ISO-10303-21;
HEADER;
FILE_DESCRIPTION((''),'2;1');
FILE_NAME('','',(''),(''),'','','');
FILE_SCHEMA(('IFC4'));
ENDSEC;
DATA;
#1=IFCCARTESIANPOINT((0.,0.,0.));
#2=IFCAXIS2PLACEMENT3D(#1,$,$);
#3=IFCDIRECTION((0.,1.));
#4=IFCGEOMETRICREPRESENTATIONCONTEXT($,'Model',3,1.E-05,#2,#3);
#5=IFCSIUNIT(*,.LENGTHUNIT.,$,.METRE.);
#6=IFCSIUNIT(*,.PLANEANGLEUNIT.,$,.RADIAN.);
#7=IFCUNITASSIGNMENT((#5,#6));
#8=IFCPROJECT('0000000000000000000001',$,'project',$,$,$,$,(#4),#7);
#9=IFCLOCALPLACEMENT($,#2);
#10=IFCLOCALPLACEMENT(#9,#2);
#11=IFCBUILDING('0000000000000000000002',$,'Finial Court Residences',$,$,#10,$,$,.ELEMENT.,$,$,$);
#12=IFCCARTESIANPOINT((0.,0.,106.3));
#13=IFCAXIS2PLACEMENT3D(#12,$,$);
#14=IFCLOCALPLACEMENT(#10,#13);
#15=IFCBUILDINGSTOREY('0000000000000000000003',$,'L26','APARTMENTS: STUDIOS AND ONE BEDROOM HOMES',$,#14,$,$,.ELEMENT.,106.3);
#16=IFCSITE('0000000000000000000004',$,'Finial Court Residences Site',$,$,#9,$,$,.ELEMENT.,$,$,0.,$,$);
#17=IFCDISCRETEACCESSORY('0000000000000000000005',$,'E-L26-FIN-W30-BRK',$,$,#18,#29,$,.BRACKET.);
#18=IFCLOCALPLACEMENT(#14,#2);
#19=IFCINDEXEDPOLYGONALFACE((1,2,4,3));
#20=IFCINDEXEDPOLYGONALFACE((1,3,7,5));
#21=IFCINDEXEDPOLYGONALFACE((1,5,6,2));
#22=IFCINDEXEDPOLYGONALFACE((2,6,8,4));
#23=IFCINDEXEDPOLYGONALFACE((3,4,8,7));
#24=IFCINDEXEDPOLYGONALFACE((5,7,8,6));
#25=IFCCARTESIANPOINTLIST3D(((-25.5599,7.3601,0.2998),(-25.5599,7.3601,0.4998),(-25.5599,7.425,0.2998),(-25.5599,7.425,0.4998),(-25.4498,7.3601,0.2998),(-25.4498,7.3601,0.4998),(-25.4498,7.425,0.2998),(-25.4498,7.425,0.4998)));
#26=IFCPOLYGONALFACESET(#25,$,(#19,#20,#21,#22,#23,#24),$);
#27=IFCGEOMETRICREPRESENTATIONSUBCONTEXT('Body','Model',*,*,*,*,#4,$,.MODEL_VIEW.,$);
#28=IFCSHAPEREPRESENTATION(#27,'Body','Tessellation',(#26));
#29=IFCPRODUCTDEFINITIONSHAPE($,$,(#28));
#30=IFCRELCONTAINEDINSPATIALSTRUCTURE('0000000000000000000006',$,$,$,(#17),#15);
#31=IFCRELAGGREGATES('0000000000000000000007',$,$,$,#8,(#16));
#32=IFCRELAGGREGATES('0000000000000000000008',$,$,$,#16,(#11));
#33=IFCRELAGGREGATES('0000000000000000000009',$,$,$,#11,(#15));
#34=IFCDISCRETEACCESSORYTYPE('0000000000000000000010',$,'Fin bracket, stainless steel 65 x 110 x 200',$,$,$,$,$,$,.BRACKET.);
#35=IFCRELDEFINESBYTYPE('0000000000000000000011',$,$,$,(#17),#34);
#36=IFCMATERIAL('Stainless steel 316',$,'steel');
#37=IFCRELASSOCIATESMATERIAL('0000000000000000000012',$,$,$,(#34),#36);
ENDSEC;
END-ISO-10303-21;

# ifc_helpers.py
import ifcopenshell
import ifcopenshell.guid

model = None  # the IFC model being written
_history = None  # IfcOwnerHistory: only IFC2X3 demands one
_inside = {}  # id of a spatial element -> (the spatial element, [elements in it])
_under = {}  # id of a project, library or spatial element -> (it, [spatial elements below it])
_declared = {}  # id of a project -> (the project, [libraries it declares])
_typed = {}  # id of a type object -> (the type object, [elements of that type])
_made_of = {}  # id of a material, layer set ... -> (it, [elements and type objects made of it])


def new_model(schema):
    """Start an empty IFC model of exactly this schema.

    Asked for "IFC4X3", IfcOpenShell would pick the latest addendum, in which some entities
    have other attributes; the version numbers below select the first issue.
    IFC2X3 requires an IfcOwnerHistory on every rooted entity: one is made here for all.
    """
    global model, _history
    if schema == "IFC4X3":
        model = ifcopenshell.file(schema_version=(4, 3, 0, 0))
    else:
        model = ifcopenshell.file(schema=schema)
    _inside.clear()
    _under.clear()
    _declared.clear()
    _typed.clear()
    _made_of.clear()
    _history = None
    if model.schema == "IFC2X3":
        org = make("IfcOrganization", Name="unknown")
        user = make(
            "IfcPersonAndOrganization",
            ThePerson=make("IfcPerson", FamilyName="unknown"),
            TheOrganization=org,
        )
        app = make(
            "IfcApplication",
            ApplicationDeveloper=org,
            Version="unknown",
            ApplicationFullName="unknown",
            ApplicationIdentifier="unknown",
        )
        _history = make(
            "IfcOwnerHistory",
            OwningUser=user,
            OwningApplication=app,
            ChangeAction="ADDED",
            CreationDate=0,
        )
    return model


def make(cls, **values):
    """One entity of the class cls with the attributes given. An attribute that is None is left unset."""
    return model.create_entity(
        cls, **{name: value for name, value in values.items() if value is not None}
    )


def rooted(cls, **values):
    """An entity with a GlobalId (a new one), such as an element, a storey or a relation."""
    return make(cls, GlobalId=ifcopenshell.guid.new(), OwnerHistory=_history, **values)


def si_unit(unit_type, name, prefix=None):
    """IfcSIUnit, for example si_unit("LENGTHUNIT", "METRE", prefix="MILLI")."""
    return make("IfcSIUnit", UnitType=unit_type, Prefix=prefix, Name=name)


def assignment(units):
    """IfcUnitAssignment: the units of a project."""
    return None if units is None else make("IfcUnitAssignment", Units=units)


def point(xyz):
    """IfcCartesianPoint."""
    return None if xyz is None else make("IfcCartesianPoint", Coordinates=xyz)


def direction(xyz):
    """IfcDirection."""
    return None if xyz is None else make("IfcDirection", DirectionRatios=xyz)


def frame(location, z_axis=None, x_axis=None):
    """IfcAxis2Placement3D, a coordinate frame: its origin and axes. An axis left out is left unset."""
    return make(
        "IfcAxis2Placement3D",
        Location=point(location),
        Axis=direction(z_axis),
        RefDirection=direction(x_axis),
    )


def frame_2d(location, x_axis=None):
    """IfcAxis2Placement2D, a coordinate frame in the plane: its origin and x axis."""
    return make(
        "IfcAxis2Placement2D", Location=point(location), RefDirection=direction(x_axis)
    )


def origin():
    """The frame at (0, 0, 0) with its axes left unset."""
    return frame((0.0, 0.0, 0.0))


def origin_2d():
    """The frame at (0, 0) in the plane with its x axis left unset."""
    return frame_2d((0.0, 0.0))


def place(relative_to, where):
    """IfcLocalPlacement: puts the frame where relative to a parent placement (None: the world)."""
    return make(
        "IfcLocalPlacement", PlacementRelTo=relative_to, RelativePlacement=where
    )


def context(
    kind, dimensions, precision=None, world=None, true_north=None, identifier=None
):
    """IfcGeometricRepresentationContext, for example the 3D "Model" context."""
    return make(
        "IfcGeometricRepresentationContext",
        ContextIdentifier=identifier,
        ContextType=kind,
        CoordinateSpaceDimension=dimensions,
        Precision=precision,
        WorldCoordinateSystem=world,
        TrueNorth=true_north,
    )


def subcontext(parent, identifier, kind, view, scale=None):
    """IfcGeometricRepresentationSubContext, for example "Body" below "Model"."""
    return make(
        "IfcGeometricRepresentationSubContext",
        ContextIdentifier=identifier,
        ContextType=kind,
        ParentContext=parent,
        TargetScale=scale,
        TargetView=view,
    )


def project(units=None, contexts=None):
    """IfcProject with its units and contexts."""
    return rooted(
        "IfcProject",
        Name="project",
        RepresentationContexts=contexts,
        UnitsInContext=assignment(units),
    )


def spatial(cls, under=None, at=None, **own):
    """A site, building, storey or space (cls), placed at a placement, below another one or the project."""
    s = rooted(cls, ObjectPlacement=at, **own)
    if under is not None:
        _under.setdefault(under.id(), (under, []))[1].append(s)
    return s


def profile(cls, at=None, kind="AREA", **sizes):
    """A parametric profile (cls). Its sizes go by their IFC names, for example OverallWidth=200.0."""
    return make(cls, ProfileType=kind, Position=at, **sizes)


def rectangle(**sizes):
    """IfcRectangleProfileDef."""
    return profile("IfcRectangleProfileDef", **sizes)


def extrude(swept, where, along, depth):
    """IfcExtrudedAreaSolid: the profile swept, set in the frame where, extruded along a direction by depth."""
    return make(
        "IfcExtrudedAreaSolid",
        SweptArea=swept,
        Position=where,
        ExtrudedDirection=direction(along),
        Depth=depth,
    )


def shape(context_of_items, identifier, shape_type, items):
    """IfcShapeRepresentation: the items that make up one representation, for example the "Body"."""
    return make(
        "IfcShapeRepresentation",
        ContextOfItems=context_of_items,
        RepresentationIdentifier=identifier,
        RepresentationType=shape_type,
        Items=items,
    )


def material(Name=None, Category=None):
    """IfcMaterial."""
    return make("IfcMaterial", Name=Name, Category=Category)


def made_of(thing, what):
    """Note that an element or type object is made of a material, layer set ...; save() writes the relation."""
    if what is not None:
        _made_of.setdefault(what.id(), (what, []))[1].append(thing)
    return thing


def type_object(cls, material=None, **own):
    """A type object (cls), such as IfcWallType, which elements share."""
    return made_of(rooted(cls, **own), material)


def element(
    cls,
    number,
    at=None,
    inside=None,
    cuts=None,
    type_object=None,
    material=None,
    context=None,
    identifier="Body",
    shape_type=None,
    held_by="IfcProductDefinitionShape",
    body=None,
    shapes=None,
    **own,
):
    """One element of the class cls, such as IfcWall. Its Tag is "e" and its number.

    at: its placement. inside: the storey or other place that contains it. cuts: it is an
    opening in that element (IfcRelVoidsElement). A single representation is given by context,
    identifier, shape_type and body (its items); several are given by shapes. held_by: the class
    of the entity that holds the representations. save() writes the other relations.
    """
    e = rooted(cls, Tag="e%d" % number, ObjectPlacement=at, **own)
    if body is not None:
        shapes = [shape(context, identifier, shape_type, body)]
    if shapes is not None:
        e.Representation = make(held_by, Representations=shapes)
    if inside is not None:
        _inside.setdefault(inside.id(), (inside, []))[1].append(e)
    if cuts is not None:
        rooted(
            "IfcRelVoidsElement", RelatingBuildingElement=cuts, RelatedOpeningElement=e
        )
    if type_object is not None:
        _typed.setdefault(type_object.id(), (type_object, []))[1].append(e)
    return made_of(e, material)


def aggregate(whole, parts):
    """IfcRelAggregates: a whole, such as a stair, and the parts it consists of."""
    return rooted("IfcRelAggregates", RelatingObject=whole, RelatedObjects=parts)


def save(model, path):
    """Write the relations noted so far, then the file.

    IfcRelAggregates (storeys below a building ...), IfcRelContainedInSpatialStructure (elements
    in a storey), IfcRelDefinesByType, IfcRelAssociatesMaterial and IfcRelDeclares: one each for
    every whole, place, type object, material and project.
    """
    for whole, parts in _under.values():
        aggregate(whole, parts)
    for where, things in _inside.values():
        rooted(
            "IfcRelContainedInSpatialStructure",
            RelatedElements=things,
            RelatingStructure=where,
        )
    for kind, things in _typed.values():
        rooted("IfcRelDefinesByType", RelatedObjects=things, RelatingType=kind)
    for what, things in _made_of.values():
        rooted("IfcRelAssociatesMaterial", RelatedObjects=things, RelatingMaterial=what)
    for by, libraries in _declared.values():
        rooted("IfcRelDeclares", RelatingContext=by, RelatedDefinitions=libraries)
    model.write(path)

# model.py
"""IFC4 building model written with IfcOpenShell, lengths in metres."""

from ifc_helpers import new_model, si_unit, direction, frame, origin, origin_2d, place, context, subcontext, project, spatial, rectangle, extrude, material, type_object, element, save


model = new_model("IFC4")

# Units and contexts
model_context = context("Model", 3, precision=1e-05, world=origin(), true_north=direction((0.0, 1.0)))
body_context = subcontext(model_context, "Body", "Model", "MODEL_VIEW")
ifc_project = project(units=[si_unit("LENGTHUNIT", "METRE"), si_unit("PLANEANGLEUNIT", "RADIAN")], contexts=[model_context])

# Site, building, storey
site_placement = place(None, origin())
site = spatial("IfcSite", under=ifc_project, at=site_placement, Name="Finial Court Residences Site", CompositionType="ELEMENT", RefElevation=0.0)
building_placement = place(site_placement, origin())
building = spatial("IfcBuilding", under=site, at=building_placement, Name="Finial Court Residences", CompositionType="ELEMENT")
storey_placement = place(building_placement, frame((0.0, 0.0, 106.3)))
storey = spatial("IfcBuildingStorey", under=building, at=storey_placement, Name="L26", Description="APARTMENTS: STUDIOS AND ONE BEDROOM HOMES", CompositionType="ELEMENT", Elevation=106.3)

# Discrete accessory
ifc_material_1 = material(Name="Stainless steel 316", Category="steel")
discrete_accessory_type = type_object("IfcDiscreteAccessoryType", Name="Fin bracket, stainless steel 65 x 110 x 200", PredefinedType="BRACKET", material=ifc_material_1)
discrete_accessory_placement = place(storey_placement, frame((-25.5049, 7.3926, 0.2998), z_axis=(0.0, 0.0, 1.0), x_axis=(1.0, 0.0, 0.0)))
element("IfcDiscreteAccessory", 1, at=discrete_accessory_placement, inside=storey, type_object=discrete_accessory_type, Name="E-L26-FIN-W30-BRK", PredefinedType="BRACKET", context=body_context, shape_type="SweptSolid", body=[
    extrude(rectangle(XDim=0.1101, YDim=0.0649, at=origin_2d()), origin(), (0.0, 0.0, 1.0), 0.2),
])

save(model, "model.ifc")
